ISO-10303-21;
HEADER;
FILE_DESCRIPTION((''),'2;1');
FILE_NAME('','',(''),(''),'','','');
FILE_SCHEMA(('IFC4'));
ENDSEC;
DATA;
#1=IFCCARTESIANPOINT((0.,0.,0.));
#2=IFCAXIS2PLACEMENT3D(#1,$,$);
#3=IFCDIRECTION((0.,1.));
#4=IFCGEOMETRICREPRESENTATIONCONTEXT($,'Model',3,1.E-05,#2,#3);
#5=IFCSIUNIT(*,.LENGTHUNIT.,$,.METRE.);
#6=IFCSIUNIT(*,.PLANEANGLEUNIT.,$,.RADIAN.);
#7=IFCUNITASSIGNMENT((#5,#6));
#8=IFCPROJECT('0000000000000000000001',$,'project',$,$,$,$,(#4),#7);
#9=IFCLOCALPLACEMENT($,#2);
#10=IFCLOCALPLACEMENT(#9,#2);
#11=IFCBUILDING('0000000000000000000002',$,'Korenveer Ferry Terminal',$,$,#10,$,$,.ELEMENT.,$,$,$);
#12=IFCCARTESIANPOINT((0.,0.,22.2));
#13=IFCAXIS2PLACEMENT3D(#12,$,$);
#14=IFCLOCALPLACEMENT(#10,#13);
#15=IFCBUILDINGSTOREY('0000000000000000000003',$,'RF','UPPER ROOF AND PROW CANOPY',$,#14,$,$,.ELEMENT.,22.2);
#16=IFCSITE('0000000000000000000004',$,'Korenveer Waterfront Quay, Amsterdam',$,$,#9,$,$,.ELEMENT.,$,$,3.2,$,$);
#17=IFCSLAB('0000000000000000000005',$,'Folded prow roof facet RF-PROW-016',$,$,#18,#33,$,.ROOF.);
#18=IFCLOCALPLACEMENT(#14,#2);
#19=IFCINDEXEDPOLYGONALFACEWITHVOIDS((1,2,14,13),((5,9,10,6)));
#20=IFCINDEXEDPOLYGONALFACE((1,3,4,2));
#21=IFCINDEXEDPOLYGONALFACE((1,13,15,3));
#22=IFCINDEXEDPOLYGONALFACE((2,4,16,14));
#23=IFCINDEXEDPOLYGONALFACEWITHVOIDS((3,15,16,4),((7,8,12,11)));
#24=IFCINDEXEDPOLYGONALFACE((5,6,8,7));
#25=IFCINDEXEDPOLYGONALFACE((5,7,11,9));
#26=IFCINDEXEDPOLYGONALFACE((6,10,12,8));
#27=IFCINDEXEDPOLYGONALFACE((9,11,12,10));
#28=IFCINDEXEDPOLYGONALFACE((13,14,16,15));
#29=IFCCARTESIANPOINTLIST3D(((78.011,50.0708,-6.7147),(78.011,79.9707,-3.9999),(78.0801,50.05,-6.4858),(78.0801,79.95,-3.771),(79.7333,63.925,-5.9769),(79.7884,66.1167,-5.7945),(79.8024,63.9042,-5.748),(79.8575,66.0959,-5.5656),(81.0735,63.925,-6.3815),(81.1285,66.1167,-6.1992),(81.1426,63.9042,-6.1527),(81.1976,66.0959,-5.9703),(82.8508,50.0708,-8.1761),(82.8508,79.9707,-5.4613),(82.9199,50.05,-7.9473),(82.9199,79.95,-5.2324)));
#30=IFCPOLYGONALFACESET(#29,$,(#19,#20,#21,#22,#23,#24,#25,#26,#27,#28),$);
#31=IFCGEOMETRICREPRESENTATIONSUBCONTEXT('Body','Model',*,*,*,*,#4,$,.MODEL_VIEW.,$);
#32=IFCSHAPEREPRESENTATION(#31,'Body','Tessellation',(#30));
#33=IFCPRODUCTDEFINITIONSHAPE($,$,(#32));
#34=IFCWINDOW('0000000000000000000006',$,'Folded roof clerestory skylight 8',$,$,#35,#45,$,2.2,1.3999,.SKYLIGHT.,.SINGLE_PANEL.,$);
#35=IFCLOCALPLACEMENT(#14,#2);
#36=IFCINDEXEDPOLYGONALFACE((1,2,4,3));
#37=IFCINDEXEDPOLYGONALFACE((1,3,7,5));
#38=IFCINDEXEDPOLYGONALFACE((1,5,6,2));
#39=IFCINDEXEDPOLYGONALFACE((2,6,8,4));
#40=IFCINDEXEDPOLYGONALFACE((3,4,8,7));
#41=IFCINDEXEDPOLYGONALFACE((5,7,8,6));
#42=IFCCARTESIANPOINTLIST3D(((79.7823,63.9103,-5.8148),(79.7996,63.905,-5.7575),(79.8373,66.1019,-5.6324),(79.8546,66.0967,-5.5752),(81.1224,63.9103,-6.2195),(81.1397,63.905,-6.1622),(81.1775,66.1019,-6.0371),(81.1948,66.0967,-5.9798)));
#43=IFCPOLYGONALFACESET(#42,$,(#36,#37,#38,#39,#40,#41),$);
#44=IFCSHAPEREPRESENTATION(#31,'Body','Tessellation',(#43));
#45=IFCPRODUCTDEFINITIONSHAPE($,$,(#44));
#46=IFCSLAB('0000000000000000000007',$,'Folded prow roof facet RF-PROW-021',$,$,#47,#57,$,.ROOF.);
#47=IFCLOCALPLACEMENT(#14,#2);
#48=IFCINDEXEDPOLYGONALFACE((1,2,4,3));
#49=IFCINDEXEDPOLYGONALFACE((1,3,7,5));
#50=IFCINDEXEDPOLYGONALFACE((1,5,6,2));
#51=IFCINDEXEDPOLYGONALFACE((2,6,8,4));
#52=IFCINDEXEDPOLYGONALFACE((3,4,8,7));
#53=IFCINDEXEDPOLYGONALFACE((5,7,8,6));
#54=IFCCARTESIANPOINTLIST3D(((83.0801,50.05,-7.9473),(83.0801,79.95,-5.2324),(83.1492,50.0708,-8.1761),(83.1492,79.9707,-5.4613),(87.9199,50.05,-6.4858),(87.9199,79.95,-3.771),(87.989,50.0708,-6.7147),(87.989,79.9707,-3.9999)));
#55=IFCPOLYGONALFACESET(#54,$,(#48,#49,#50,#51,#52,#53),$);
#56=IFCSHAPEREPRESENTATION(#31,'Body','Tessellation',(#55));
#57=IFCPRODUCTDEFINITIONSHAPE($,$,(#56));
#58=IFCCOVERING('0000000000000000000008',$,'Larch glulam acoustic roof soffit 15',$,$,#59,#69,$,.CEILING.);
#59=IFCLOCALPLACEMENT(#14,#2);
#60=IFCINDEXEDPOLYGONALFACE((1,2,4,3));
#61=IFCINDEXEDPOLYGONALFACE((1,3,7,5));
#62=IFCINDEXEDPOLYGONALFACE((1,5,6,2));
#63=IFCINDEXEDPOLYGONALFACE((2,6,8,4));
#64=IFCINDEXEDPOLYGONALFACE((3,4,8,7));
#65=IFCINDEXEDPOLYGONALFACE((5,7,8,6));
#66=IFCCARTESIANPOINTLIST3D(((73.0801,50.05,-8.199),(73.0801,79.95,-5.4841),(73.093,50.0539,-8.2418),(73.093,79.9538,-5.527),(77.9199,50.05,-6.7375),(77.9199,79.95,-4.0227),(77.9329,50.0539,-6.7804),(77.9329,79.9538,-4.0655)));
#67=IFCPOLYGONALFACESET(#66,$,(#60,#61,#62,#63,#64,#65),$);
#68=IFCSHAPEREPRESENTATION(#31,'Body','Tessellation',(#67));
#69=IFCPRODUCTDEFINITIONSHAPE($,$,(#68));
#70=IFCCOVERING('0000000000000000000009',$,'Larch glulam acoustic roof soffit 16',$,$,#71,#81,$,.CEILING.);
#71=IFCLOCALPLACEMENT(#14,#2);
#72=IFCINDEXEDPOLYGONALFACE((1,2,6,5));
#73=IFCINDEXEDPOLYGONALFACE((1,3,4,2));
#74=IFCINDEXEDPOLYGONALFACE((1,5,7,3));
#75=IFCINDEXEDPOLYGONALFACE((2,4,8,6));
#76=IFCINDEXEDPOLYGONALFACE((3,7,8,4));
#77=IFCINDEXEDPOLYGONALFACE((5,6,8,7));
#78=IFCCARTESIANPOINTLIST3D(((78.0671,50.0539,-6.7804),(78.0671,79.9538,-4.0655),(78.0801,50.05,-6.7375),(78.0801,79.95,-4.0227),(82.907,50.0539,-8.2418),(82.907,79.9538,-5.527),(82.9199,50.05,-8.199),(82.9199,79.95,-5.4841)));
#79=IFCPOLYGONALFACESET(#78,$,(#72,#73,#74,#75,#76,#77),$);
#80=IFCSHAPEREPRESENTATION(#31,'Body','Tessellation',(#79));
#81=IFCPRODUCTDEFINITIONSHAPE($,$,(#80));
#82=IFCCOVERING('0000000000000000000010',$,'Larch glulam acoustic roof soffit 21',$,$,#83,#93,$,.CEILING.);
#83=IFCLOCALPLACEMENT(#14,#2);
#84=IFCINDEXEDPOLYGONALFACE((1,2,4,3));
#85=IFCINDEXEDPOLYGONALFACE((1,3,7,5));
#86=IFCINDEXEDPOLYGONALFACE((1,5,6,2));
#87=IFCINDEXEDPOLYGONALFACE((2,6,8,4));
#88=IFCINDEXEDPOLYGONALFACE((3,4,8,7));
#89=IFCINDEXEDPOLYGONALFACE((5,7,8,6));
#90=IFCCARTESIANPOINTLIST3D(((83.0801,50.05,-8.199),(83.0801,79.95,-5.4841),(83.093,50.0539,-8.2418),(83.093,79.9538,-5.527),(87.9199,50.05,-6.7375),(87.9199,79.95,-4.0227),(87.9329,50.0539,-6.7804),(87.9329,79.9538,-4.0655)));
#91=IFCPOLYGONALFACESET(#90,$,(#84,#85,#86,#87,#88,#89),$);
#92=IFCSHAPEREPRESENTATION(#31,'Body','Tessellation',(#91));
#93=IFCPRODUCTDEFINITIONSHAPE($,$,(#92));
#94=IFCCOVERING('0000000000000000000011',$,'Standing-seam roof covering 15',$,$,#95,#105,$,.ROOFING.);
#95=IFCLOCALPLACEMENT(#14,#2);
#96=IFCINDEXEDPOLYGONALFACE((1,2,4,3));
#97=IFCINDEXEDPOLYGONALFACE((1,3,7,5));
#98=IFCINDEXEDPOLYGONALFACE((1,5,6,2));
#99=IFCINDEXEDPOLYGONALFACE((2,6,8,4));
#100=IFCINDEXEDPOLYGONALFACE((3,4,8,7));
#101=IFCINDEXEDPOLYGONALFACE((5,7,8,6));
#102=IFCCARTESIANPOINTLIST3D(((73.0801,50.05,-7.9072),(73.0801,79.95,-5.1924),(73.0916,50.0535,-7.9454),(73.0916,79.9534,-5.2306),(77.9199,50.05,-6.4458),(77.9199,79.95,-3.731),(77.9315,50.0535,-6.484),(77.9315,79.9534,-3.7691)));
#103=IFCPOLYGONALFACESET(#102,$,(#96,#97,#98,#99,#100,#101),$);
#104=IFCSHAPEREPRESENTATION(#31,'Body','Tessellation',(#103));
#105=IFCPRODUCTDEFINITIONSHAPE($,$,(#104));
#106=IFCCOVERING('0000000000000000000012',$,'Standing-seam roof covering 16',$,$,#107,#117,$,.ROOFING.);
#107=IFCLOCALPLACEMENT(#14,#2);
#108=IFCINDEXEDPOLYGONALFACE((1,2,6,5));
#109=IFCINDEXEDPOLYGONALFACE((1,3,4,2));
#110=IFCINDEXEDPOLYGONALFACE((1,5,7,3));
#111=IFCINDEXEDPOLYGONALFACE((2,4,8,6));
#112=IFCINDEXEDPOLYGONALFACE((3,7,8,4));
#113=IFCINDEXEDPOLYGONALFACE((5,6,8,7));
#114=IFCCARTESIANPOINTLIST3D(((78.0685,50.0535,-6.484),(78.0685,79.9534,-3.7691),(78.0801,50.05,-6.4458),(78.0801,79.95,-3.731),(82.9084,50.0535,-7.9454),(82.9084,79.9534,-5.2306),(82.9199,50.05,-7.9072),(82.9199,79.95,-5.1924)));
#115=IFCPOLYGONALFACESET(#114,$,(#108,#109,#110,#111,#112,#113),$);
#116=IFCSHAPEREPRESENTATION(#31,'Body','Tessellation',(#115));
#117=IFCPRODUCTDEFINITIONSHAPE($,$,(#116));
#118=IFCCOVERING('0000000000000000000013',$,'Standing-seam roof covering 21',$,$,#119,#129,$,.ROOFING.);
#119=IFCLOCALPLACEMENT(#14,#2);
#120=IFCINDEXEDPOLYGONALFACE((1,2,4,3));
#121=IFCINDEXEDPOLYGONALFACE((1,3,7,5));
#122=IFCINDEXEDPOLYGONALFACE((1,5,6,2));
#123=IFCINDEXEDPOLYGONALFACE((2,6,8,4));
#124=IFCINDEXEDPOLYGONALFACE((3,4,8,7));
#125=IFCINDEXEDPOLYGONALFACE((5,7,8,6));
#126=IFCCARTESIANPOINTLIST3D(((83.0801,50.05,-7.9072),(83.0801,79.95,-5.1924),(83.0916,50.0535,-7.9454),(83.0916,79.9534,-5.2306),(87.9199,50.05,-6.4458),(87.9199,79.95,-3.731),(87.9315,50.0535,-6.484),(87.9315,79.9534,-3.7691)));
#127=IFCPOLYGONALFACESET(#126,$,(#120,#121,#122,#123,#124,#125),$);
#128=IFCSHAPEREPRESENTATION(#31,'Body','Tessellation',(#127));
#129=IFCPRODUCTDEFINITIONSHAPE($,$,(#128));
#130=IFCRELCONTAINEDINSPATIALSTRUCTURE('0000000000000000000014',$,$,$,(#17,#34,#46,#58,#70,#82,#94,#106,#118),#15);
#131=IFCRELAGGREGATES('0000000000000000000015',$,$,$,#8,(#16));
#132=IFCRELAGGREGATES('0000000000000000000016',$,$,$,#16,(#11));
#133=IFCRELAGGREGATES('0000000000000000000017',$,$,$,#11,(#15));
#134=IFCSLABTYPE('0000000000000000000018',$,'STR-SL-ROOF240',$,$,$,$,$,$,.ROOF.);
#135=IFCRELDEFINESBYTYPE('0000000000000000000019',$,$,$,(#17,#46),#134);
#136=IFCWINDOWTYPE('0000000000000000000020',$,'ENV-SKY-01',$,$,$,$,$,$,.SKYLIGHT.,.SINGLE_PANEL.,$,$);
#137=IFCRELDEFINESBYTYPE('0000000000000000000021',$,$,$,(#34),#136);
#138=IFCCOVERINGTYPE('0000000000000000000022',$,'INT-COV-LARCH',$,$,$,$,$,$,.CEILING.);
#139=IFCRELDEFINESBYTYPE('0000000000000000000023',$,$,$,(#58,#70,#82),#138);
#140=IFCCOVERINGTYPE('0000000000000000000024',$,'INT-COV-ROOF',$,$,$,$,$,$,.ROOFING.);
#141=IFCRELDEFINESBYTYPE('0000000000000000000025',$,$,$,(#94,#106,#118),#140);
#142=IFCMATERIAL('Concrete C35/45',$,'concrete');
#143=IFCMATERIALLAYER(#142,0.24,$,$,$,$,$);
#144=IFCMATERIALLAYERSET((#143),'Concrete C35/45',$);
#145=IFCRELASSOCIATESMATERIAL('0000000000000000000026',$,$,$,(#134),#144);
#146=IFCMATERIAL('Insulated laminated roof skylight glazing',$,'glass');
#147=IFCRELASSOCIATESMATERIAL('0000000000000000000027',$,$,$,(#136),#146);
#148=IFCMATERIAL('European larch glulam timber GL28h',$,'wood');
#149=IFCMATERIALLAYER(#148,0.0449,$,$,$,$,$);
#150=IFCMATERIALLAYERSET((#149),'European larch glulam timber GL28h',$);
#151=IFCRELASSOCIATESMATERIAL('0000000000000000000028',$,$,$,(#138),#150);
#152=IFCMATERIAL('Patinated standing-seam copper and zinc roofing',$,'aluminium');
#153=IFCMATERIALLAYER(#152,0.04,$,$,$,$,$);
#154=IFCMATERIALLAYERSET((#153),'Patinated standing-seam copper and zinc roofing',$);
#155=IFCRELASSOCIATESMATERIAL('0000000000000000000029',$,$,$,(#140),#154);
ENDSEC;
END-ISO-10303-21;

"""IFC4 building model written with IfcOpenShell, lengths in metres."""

from ifc_helpers import new_model, si_unit, direction, frame, origin, origin_2d, place, context, subcontext, project, spatial, polyline, rectangle, outline, extrude, material, layer, layer_set, type_object, element, fill, save


model = new_model("IFC4")

# Units and contexts
model_context = context("Model", 3, precision=1e-05, world=origin(), true_north=direction((0.0, 1.0)))
body_context = subcontext(model_context, "Body", "Model", "MODEL_VIEW")
ifc_project = project(units=[si_unit("LENGTHUNIT", "METRE"), si_unit("PLANEANGLEUNIT", "RADIAN")], contexts=[model_context])

# Site, building, storey
site_placement = place(None, origin())
site = spatial("IfcSite", under=ifc_project, at=site_placement, Name="Korenveer Waterfront Quay, Amsterdam", CompositionType="ELEMENT", RefElevation=3.2)
building_placement = place(site_placement, origin())
building = spatial("IfcBuilding", under=site, at=building_placement, Name="Korenveer Ferry Terminal", CompositionType="ELEMENT")
storey_placement = place(building_placement, frame((0.0, 0.0, 22.2)))
storey = spatial("IfcBuildingStorey", under=building, at=storey_placement, Name="RF", Description="UPPER ROOF AND PROW CANOPY", CompositionType="ELEMENT", Elevation=22.2)

# Shared definitions
ifc_material_1 = material(Name="Concrete C35/45", Category="concrete")
ifc_layer_1 = layer(ifc_material_1, 0.24)
ifc_layer_set_1 = layer_set([ifc_layer_1], Name="Concrete C35/45")
slab_type = type_object("IfcSlabType", Name="STR-SL-ROOF240", PredefinedType="ROOF", material=ifc_layer_set_1)

# Slab, opening, window
slab_1_placement = place(storey_placement, frame((78.0801, 50.05, -6.4858), z_axis=(0.287981, -0.086595, 0.953713), x_axis=(0.957309, 0.0, -0.289066)))
slab_1 = element("IfcSlab", 1, at=slab_1_placement, inside=storey, type_object=slab_type, Name="Folded prow roof facet RF-PROW-016", PredefinedType="ROOF", context=body_context, shape_type="SweptSolid", body=[
    extrude(outline(polyline([(0.0, 0.0), (5.0557, 0.0), (4.2709, 30.0126), (-0.7848, 30.0126), (0.0, 0.0)])), origin(), (0.0, 0.0, -1.0), 0.24),
])
opening_placement = place(slab_1_placement, frame((2.1355, 15.0063, 0.01)))
opening = element("IfcOpeningElement", 2, at=opening_placement, cuts=slab_1, PredefinedType="OPENING", context=body_context, shape_type="SweptSolid", body=[
    extrude(rectangle(XDim=1.3999, YDim=2.2, at=origin_2d()), origin(), (0.0, 0.0, -1.0), 0.26),
])
ifc_material_2 = material(Name="Insulated laminated roof skylight glazing", Category="glass")
window_type = type_object("IfcWindowType", Name="ENV-SKY-01", PartitioningType="SINGLE_PANEL", PredefinedType="SKYLIGHT", material=ifc_material_2)
window_placement = place(slab_1_placement, frame((2.1355, 15.0063, -0.01)))
window = element("IfcWindow", 3, at=window_placement, inside=storey, type_object=window_type, Name="Folded roof clerestory skylight 8", OverallHeight=2.2, OverallWidth=1.3999, PartitioningType="SINGLE_PANEL", PredefinedType="SKYLIGHT", context=body_context, shape_type="SweptSolid", body=[
    extrude(rectangle(XDim=1.3999, YDim=2.2, at=origin_2d()), origin(), (0.0, 0.0, -1.0), 0.0601),
])
fill(opening, window)

# Slab
slab_2_placement = place(storey_placement, frame((83.0801, 50.05, -7.9473), z_axis=(-0.287981, -0.086595, 0.953713), x_axis=(0.957309, 0.0, 0.289066)))
element("IfcSlab", 4, at=slab_2_placement, inside=storey, type_object=slab_type, Name="Folded prow roof facet RF-PROW-021", PredefinedType="ROOF", context=body_context, shape_type="SweptSolid", body=[
    extrude(outline(polyline([(0.0, 0.0), (5.0557, 0.0), (5.8404, 30.0126), (0.7848, 30.0126), (0.0, 0.0)])), origin(), (0.0, 0.0, -1.0), 0.24),
])

# Coverings
ifc_material_3 = material(Name="European larch glulam timber GL28h", Category="wood")
ifc_layer_2 = layer(ifc_material_3, 0.0449)
ifc_layer_set_2 = layer_set([ifc_layer_2], Name="European larch glulam timber GL28h")
covering_type_1 = type_object("IfcCoveringType", Name="INT-COV-LARCH", PredefinedType="CEILING", material=ifc_layer_set_2)
covering_1_placement = place(storey_placement, frame((73.0801, 50.05, -8.199), z_axis=(-0.287981, -0.086595, 0.953713), x_axis=(0.957309, 0.0, 0.289066)))
element("IfcCovering", 5, at=covering_1_placement, inside=storey, type_object=covering_type_1, Name="Larch glulam acoustic roof soffit 15", PredefinedType="CEILING", context=body_context, shape_type="SweptSolid", body=[
    extrude(outline(polyline([(0.0, 0.0), (5.0557, 0.0), (5.8404, 30.0126), (0.7848, 30.0126), (0.0, 0.0)])), origin(), (0.0, 0.0, -1.0), 0.0449),
])
covering_2_placement = place(storey_placement, frame((78.0801, 50.05, -6.7375), z_axis=(0.287981, -0.086595, 0.953713), x_axis=(0.957309, 0.0, -0.289066)))
element("IfcCovering", 6, at=covering_2_placement, inside=storey, type_object=covering_type_1, Name="Larch glulam acoustic roof soffit 16", PredefinedType="CEILING", context=body_context, shape_type="SweptSolid", body=[
    extrude(outline(polyline([(0.0, 0.0), (5.0557, 0.0), (4.2709, 30.0126), (-0.7848, 30.0126), (0.0, 0.0)])), origin(), (0.0, 0.0, -1.0), 0.0449),
])
covering_3_placement = place(storey_placement, frame((83.0801, 50.05, -8.199), z_axis=(-0.287981, -0.086595, 0.953713), x_axis=(0.957309, 0.0, 0.289066)))
element("IfcCovering", 7, at=covering_3_placement, inside=storey, type_object=covering_type_1, Name="Larch glulam acoustic roof soffit 21", PredefinedType="CEILING", context=body_context, shape_type="SweptSolid", body=[
    extrude(outline(polyline([(0.0, 0.0), (5.0557, 0.0), (5.8404, 30.0126), (0.7848, 30.0126), (0.0, 0.0)])), origin(), (0.0, 0.0, -1.0), 0.0449),
])
ifc_material_4 = material(Name="Patinated standing-seam copper and zinc roofing", Category="aluminium")
ifc_layer_3 = layer(ifc_material_4, 0.04)
ifc_layer_set_3 = layer_set([ifc_layer_3], Name="Patinated standing-seam copper and zinc roofing")
covering_type_2 = type_object("IfcCoveringType", Name="INT-COV-ROOF", PredefinedType="ROOFING", material=ifc_layer_set_3)
covering_4_placement = place(storey_placement, frame((73.0801, 50.05, -7.9072), z_axis=(-0.287981, -0.086595, 0.953713), x_axis=(0.957309, 0.0, 0.289066)))
element("IfcCovering", 8, at=covering_4_placement, inside=storey, type_object=covering_type_2, Name="Standing-seam roof covering 15", PredefinedType="ROOFING", context=body_context, shape_type="SweptSolid", body=[
    extrude(outline(polyline([(0.0, 0.0), (5.0557, 0.0), (5.8404, 30.0126), (0.7848, 30.0126), (0.0, 0.0)])), origin(), (0.0, 0.0, -1.0), 0.04),
])
covering_5_placement = place(storey_placement, frame((78.0801, 50.05, -6.4458), z_axis=(0.287981, -0.086595, 0.953713), x_axis=(0.957309, 0.0, -0.289066)))
element("IfcCovering", 9, at=covering_5_placement, inside=storey, type_object=covering_type_2, Name="Standing-seam roof covering 16", PredefinedType="ROOFING", context=body_context, shape_type="SweptSolid", body=[
    extrude(outline(polyline([(0.0, 0.0), (5.0557, 0.0), (4.2709, 30.0126), (-0.7848, 30.0126), (0.0, 0.0)])), origin(), (0.0, 0.0, -1.0), 0.04),
])
covering_6_placement = place(storey_placement, frame((83.0801, 50.05, -7.9072), z_axis=(-0.287981, -0.086595, 0.953713), x_axis=(0.957309, 0.0, 0.289066)))
element("IfcCovering", 10, at=covering_6_placement, inside=storey, type_object=covering_type_2, Name="Standing-seam roof covering 21", PredefinedType="ROOFING", context=body_context, shape_type="SweptSolid", body=[
    extrude(outline(polyline([(0.0, 0.0), (5.0557, 0.0), (5.8404, 30.0126), (0.7848, 30.0126), (0.0, 0.0)])), origin(), (0.0, 0.0, -1.0), 0.04),
])

save(model, "model.ifc")
